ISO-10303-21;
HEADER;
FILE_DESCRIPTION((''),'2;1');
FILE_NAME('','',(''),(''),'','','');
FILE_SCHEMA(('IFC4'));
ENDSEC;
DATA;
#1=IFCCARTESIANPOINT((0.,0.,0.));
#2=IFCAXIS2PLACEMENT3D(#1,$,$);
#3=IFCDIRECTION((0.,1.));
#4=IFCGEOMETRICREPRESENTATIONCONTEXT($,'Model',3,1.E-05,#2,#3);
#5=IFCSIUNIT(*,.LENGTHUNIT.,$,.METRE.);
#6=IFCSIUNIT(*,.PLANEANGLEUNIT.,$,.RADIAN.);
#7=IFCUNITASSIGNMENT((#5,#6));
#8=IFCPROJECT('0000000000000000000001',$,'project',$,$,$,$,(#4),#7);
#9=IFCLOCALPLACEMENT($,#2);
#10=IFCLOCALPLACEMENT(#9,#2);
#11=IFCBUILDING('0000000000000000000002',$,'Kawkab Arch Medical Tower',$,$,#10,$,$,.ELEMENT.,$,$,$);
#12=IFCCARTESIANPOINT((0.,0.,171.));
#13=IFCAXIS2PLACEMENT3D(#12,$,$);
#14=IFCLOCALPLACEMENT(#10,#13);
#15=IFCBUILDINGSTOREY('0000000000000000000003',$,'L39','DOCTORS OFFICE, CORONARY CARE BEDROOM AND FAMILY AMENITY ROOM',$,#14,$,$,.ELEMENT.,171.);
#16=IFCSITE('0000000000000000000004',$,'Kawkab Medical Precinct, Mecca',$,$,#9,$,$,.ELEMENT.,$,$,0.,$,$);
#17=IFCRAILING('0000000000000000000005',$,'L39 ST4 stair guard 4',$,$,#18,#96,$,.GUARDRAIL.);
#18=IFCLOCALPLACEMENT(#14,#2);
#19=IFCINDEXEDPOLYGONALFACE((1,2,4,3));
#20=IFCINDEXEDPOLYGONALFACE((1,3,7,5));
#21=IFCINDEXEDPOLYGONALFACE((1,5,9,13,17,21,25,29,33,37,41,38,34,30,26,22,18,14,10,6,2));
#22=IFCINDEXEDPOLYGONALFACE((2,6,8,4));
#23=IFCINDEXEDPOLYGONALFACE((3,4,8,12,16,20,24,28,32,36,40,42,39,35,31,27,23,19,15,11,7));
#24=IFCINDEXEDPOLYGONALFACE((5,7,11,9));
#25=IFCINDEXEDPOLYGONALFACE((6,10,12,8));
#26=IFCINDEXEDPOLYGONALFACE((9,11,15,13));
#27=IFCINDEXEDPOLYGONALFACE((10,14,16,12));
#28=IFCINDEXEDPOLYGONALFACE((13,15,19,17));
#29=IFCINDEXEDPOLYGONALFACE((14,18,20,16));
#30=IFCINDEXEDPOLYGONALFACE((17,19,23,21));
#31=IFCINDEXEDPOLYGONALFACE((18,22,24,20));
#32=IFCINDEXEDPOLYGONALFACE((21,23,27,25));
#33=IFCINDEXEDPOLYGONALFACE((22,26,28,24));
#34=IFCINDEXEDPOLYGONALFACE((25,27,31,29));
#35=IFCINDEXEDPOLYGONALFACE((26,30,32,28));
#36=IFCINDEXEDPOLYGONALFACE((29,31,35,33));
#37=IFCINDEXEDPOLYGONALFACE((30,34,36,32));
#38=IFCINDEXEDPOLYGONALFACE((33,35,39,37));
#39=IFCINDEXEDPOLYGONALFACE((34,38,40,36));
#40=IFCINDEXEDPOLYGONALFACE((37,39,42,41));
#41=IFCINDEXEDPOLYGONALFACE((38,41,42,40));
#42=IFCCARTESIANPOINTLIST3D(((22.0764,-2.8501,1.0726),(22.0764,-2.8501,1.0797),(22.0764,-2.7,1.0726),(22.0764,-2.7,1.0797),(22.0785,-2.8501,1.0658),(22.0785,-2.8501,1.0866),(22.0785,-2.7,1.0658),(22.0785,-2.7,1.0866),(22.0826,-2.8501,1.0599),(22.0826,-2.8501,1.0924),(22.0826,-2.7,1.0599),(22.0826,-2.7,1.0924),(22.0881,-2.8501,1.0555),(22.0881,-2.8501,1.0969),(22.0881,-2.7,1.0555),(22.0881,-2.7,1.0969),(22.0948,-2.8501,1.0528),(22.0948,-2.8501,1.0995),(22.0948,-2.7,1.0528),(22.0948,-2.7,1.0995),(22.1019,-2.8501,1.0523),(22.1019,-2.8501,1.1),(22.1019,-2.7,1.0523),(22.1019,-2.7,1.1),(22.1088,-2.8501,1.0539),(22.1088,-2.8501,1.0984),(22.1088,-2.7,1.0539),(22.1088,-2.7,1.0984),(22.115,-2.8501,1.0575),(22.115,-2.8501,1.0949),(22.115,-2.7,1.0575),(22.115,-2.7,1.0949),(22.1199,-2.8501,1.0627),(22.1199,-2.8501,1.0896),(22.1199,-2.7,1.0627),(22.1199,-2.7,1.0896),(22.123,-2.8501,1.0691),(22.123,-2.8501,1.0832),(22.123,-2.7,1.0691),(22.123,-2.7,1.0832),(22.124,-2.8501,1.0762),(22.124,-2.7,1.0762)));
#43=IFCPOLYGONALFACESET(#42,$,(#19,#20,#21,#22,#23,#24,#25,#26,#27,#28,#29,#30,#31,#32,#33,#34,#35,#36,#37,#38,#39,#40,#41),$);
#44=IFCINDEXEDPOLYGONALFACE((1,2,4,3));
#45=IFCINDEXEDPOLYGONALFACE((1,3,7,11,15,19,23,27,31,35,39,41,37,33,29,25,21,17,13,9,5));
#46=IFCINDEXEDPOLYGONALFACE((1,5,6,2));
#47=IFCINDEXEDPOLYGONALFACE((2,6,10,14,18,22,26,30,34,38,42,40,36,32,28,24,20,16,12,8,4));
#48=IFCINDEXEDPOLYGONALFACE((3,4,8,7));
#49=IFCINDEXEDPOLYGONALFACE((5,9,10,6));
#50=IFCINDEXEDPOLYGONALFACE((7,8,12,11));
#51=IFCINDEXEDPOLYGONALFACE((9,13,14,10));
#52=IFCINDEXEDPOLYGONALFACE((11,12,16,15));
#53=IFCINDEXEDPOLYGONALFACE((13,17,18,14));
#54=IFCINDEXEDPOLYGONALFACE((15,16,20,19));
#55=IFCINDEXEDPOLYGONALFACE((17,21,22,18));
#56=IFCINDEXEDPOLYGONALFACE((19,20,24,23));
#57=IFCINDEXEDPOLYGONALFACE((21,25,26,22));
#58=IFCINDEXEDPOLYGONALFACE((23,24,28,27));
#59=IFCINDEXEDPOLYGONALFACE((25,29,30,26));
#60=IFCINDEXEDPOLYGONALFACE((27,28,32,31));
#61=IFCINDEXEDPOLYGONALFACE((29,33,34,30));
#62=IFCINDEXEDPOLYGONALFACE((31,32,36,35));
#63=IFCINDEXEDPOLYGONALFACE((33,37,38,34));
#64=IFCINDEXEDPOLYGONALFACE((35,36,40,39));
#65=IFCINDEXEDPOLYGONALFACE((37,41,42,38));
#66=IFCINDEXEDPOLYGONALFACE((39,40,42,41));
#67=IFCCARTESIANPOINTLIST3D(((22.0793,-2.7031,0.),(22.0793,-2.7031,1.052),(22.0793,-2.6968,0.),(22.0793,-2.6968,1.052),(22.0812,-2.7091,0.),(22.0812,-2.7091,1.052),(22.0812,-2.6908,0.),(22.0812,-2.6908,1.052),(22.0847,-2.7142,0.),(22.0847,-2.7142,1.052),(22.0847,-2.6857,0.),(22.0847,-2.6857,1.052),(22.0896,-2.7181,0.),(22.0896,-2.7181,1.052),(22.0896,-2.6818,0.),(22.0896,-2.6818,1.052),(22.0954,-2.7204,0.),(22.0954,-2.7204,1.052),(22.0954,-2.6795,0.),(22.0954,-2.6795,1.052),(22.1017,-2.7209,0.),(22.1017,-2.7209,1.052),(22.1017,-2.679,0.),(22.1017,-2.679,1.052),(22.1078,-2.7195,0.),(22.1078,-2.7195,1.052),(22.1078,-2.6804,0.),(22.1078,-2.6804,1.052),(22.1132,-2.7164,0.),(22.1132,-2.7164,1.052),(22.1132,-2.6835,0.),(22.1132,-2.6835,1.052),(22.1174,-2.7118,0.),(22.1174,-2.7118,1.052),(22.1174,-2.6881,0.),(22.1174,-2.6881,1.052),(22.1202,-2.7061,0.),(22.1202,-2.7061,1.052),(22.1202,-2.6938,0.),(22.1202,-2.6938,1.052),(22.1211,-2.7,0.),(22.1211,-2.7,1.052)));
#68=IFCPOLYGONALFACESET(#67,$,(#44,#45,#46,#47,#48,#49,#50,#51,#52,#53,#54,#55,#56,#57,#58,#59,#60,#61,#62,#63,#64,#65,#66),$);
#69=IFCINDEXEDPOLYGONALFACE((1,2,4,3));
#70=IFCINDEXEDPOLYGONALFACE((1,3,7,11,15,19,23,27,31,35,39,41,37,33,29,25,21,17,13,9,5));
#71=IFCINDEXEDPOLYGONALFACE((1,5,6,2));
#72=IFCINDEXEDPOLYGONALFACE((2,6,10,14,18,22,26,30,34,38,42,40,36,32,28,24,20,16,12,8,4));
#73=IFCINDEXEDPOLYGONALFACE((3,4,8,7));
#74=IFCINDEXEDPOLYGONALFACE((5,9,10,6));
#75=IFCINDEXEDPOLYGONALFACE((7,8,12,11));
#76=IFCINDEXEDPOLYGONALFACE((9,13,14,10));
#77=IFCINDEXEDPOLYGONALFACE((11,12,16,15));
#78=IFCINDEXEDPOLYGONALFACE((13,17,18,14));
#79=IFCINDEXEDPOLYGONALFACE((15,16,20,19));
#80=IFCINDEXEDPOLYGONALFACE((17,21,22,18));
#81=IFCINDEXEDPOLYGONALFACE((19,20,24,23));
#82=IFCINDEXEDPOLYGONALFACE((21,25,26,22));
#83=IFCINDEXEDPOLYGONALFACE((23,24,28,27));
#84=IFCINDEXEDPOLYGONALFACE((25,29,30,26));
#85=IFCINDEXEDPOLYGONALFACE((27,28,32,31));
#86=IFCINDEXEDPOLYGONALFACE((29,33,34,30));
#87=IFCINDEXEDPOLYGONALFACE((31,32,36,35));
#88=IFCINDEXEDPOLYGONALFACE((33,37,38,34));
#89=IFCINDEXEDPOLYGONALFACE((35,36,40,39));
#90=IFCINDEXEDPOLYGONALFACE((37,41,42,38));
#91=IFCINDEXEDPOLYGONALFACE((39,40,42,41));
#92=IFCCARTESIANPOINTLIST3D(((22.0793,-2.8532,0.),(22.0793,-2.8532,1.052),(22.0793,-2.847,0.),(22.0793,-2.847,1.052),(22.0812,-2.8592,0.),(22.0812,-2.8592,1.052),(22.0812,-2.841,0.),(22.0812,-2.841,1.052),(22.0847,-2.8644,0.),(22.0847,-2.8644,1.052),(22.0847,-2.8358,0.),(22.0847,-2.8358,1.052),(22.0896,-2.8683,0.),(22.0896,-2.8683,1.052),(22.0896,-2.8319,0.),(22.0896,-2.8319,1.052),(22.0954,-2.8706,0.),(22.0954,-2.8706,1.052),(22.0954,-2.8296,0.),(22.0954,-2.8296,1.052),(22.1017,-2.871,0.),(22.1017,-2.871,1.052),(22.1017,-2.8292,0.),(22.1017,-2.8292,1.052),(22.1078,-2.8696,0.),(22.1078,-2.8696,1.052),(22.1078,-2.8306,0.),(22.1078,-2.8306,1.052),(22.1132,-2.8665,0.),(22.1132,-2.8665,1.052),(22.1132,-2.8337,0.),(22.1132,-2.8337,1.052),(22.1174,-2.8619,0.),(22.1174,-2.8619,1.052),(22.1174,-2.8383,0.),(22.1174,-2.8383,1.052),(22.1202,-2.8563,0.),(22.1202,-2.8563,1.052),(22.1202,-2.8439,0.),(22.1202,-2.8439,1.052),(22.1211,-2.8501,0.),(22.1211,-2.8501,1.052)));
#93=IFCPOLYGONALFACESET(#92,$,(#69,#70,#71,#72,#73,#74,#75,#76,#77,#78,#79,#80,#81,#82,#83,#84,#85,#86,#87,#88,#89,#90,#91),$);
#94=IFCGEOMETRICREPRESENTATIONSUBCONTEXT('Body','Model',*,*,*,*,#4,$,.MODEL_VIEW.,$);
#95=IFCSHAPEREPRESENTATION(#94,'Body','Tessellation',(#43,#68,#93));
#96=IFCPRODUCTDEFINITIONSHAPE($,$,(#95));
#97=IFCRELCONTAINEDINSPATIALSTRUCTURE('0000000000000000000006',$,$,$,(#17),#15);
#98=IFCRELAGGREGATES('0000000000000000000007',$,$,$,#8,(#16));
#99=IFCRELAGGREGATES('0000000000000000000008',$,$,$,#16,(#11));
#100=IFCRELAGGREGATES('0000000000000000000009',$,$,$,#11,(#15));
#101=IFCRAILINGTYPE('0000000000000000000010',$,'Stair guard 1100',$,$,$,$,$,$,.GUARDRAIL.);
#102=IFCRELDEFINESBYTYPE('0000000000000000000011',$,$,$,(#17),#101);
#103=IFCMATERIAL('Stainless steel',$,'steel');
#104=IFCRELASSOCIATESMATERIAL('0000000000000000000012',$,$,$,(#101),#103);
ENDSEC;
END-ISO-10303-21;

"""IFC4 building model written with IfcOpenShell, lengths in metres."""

from ifc_helpers import new_model, si_unit, direction, frame, origin, origin_2d, place, context, subcontext, project, spatial, circle, extrude, material, type_object, element, save


model = new_model("IFC4")

# Units and contexts
model_context = context("Model", 3, precision=1e-05, world=origin(), true_north=direction((0.0, 1.0)))
body_context = subcontext(model_context, "Body", "Model", "MODEL_VIEW")
ifc_project = project(units=[si_unit("LENGTHUNIT", "METRE"), si_unit("PLANEANGLEUNIT", "RADIAN")], contexts=[model_context])

# Site, building, storey
site_placement = place(None, origin())
site = spatial("IfcSite", under=ifc_project, at=site_placement, Name="Kawkab Medical Precinct, Mecca", CompositionType="ELEMENT", RefElevation=0.0)
building_placement = place(site_placement, origin())
building = spatial("IfcBuilding", under=site, at=building_placement, Name="Kawkab Arch Medical Tower", CompositionType="ELEMENT")
storey_placement = place(building_placement, frame((0.0, 0.0, 171.0)))
storey = spatial("IfcBuildingStorey", under=building, at=storey_placement, Name="L39", Description="DOCTORS OFFICE, CORONARY CARE BEDROOM AND FAMILY AMENITY ROOM", CompositionType="ELEMENT", Elevation=171.0)

# Railing
ifc_material_1 = material(Name="Stainless steel", Category="steel")
railing_type = type_object("IfcRailingType", Name="Stair guard 1100", PredefinedType="GUARDRAIL", material=ifc_material_1)
railing_1_placement = place(storey_placement, frame((22.1001, -2.7, 0.0)))
element("IfcRailing", 1, at=railing_1_placement, inside=storey, type_object=railing_type, Name="L39 ST4 stair guard 4", PredefinedType="GUARDRAIL", context=body_context, shape_type="SweptSolid", body=[
    extrude(circle(Radius=0.0239, at=origin_2d()), frame((0.0, 0.0, 1.0762), z_axis=(0.0, -1.0, 0.0), x_axis=(1.0, 0.0, 0.0)), (0.0, 0.0, 1.0), 0.1501),
    extrude(circle(Radius=0.021, at=origin_2d()), origin(), (0.0, 0.0, 1.0), 1.052),
    extrude(circle(Radius=0.021, at=origin_2d()), frame((0.0, -0.1501, 0.0)), (0.0, 0.0, 1.0), 1.052),
])

save(model, "model.ifc")
